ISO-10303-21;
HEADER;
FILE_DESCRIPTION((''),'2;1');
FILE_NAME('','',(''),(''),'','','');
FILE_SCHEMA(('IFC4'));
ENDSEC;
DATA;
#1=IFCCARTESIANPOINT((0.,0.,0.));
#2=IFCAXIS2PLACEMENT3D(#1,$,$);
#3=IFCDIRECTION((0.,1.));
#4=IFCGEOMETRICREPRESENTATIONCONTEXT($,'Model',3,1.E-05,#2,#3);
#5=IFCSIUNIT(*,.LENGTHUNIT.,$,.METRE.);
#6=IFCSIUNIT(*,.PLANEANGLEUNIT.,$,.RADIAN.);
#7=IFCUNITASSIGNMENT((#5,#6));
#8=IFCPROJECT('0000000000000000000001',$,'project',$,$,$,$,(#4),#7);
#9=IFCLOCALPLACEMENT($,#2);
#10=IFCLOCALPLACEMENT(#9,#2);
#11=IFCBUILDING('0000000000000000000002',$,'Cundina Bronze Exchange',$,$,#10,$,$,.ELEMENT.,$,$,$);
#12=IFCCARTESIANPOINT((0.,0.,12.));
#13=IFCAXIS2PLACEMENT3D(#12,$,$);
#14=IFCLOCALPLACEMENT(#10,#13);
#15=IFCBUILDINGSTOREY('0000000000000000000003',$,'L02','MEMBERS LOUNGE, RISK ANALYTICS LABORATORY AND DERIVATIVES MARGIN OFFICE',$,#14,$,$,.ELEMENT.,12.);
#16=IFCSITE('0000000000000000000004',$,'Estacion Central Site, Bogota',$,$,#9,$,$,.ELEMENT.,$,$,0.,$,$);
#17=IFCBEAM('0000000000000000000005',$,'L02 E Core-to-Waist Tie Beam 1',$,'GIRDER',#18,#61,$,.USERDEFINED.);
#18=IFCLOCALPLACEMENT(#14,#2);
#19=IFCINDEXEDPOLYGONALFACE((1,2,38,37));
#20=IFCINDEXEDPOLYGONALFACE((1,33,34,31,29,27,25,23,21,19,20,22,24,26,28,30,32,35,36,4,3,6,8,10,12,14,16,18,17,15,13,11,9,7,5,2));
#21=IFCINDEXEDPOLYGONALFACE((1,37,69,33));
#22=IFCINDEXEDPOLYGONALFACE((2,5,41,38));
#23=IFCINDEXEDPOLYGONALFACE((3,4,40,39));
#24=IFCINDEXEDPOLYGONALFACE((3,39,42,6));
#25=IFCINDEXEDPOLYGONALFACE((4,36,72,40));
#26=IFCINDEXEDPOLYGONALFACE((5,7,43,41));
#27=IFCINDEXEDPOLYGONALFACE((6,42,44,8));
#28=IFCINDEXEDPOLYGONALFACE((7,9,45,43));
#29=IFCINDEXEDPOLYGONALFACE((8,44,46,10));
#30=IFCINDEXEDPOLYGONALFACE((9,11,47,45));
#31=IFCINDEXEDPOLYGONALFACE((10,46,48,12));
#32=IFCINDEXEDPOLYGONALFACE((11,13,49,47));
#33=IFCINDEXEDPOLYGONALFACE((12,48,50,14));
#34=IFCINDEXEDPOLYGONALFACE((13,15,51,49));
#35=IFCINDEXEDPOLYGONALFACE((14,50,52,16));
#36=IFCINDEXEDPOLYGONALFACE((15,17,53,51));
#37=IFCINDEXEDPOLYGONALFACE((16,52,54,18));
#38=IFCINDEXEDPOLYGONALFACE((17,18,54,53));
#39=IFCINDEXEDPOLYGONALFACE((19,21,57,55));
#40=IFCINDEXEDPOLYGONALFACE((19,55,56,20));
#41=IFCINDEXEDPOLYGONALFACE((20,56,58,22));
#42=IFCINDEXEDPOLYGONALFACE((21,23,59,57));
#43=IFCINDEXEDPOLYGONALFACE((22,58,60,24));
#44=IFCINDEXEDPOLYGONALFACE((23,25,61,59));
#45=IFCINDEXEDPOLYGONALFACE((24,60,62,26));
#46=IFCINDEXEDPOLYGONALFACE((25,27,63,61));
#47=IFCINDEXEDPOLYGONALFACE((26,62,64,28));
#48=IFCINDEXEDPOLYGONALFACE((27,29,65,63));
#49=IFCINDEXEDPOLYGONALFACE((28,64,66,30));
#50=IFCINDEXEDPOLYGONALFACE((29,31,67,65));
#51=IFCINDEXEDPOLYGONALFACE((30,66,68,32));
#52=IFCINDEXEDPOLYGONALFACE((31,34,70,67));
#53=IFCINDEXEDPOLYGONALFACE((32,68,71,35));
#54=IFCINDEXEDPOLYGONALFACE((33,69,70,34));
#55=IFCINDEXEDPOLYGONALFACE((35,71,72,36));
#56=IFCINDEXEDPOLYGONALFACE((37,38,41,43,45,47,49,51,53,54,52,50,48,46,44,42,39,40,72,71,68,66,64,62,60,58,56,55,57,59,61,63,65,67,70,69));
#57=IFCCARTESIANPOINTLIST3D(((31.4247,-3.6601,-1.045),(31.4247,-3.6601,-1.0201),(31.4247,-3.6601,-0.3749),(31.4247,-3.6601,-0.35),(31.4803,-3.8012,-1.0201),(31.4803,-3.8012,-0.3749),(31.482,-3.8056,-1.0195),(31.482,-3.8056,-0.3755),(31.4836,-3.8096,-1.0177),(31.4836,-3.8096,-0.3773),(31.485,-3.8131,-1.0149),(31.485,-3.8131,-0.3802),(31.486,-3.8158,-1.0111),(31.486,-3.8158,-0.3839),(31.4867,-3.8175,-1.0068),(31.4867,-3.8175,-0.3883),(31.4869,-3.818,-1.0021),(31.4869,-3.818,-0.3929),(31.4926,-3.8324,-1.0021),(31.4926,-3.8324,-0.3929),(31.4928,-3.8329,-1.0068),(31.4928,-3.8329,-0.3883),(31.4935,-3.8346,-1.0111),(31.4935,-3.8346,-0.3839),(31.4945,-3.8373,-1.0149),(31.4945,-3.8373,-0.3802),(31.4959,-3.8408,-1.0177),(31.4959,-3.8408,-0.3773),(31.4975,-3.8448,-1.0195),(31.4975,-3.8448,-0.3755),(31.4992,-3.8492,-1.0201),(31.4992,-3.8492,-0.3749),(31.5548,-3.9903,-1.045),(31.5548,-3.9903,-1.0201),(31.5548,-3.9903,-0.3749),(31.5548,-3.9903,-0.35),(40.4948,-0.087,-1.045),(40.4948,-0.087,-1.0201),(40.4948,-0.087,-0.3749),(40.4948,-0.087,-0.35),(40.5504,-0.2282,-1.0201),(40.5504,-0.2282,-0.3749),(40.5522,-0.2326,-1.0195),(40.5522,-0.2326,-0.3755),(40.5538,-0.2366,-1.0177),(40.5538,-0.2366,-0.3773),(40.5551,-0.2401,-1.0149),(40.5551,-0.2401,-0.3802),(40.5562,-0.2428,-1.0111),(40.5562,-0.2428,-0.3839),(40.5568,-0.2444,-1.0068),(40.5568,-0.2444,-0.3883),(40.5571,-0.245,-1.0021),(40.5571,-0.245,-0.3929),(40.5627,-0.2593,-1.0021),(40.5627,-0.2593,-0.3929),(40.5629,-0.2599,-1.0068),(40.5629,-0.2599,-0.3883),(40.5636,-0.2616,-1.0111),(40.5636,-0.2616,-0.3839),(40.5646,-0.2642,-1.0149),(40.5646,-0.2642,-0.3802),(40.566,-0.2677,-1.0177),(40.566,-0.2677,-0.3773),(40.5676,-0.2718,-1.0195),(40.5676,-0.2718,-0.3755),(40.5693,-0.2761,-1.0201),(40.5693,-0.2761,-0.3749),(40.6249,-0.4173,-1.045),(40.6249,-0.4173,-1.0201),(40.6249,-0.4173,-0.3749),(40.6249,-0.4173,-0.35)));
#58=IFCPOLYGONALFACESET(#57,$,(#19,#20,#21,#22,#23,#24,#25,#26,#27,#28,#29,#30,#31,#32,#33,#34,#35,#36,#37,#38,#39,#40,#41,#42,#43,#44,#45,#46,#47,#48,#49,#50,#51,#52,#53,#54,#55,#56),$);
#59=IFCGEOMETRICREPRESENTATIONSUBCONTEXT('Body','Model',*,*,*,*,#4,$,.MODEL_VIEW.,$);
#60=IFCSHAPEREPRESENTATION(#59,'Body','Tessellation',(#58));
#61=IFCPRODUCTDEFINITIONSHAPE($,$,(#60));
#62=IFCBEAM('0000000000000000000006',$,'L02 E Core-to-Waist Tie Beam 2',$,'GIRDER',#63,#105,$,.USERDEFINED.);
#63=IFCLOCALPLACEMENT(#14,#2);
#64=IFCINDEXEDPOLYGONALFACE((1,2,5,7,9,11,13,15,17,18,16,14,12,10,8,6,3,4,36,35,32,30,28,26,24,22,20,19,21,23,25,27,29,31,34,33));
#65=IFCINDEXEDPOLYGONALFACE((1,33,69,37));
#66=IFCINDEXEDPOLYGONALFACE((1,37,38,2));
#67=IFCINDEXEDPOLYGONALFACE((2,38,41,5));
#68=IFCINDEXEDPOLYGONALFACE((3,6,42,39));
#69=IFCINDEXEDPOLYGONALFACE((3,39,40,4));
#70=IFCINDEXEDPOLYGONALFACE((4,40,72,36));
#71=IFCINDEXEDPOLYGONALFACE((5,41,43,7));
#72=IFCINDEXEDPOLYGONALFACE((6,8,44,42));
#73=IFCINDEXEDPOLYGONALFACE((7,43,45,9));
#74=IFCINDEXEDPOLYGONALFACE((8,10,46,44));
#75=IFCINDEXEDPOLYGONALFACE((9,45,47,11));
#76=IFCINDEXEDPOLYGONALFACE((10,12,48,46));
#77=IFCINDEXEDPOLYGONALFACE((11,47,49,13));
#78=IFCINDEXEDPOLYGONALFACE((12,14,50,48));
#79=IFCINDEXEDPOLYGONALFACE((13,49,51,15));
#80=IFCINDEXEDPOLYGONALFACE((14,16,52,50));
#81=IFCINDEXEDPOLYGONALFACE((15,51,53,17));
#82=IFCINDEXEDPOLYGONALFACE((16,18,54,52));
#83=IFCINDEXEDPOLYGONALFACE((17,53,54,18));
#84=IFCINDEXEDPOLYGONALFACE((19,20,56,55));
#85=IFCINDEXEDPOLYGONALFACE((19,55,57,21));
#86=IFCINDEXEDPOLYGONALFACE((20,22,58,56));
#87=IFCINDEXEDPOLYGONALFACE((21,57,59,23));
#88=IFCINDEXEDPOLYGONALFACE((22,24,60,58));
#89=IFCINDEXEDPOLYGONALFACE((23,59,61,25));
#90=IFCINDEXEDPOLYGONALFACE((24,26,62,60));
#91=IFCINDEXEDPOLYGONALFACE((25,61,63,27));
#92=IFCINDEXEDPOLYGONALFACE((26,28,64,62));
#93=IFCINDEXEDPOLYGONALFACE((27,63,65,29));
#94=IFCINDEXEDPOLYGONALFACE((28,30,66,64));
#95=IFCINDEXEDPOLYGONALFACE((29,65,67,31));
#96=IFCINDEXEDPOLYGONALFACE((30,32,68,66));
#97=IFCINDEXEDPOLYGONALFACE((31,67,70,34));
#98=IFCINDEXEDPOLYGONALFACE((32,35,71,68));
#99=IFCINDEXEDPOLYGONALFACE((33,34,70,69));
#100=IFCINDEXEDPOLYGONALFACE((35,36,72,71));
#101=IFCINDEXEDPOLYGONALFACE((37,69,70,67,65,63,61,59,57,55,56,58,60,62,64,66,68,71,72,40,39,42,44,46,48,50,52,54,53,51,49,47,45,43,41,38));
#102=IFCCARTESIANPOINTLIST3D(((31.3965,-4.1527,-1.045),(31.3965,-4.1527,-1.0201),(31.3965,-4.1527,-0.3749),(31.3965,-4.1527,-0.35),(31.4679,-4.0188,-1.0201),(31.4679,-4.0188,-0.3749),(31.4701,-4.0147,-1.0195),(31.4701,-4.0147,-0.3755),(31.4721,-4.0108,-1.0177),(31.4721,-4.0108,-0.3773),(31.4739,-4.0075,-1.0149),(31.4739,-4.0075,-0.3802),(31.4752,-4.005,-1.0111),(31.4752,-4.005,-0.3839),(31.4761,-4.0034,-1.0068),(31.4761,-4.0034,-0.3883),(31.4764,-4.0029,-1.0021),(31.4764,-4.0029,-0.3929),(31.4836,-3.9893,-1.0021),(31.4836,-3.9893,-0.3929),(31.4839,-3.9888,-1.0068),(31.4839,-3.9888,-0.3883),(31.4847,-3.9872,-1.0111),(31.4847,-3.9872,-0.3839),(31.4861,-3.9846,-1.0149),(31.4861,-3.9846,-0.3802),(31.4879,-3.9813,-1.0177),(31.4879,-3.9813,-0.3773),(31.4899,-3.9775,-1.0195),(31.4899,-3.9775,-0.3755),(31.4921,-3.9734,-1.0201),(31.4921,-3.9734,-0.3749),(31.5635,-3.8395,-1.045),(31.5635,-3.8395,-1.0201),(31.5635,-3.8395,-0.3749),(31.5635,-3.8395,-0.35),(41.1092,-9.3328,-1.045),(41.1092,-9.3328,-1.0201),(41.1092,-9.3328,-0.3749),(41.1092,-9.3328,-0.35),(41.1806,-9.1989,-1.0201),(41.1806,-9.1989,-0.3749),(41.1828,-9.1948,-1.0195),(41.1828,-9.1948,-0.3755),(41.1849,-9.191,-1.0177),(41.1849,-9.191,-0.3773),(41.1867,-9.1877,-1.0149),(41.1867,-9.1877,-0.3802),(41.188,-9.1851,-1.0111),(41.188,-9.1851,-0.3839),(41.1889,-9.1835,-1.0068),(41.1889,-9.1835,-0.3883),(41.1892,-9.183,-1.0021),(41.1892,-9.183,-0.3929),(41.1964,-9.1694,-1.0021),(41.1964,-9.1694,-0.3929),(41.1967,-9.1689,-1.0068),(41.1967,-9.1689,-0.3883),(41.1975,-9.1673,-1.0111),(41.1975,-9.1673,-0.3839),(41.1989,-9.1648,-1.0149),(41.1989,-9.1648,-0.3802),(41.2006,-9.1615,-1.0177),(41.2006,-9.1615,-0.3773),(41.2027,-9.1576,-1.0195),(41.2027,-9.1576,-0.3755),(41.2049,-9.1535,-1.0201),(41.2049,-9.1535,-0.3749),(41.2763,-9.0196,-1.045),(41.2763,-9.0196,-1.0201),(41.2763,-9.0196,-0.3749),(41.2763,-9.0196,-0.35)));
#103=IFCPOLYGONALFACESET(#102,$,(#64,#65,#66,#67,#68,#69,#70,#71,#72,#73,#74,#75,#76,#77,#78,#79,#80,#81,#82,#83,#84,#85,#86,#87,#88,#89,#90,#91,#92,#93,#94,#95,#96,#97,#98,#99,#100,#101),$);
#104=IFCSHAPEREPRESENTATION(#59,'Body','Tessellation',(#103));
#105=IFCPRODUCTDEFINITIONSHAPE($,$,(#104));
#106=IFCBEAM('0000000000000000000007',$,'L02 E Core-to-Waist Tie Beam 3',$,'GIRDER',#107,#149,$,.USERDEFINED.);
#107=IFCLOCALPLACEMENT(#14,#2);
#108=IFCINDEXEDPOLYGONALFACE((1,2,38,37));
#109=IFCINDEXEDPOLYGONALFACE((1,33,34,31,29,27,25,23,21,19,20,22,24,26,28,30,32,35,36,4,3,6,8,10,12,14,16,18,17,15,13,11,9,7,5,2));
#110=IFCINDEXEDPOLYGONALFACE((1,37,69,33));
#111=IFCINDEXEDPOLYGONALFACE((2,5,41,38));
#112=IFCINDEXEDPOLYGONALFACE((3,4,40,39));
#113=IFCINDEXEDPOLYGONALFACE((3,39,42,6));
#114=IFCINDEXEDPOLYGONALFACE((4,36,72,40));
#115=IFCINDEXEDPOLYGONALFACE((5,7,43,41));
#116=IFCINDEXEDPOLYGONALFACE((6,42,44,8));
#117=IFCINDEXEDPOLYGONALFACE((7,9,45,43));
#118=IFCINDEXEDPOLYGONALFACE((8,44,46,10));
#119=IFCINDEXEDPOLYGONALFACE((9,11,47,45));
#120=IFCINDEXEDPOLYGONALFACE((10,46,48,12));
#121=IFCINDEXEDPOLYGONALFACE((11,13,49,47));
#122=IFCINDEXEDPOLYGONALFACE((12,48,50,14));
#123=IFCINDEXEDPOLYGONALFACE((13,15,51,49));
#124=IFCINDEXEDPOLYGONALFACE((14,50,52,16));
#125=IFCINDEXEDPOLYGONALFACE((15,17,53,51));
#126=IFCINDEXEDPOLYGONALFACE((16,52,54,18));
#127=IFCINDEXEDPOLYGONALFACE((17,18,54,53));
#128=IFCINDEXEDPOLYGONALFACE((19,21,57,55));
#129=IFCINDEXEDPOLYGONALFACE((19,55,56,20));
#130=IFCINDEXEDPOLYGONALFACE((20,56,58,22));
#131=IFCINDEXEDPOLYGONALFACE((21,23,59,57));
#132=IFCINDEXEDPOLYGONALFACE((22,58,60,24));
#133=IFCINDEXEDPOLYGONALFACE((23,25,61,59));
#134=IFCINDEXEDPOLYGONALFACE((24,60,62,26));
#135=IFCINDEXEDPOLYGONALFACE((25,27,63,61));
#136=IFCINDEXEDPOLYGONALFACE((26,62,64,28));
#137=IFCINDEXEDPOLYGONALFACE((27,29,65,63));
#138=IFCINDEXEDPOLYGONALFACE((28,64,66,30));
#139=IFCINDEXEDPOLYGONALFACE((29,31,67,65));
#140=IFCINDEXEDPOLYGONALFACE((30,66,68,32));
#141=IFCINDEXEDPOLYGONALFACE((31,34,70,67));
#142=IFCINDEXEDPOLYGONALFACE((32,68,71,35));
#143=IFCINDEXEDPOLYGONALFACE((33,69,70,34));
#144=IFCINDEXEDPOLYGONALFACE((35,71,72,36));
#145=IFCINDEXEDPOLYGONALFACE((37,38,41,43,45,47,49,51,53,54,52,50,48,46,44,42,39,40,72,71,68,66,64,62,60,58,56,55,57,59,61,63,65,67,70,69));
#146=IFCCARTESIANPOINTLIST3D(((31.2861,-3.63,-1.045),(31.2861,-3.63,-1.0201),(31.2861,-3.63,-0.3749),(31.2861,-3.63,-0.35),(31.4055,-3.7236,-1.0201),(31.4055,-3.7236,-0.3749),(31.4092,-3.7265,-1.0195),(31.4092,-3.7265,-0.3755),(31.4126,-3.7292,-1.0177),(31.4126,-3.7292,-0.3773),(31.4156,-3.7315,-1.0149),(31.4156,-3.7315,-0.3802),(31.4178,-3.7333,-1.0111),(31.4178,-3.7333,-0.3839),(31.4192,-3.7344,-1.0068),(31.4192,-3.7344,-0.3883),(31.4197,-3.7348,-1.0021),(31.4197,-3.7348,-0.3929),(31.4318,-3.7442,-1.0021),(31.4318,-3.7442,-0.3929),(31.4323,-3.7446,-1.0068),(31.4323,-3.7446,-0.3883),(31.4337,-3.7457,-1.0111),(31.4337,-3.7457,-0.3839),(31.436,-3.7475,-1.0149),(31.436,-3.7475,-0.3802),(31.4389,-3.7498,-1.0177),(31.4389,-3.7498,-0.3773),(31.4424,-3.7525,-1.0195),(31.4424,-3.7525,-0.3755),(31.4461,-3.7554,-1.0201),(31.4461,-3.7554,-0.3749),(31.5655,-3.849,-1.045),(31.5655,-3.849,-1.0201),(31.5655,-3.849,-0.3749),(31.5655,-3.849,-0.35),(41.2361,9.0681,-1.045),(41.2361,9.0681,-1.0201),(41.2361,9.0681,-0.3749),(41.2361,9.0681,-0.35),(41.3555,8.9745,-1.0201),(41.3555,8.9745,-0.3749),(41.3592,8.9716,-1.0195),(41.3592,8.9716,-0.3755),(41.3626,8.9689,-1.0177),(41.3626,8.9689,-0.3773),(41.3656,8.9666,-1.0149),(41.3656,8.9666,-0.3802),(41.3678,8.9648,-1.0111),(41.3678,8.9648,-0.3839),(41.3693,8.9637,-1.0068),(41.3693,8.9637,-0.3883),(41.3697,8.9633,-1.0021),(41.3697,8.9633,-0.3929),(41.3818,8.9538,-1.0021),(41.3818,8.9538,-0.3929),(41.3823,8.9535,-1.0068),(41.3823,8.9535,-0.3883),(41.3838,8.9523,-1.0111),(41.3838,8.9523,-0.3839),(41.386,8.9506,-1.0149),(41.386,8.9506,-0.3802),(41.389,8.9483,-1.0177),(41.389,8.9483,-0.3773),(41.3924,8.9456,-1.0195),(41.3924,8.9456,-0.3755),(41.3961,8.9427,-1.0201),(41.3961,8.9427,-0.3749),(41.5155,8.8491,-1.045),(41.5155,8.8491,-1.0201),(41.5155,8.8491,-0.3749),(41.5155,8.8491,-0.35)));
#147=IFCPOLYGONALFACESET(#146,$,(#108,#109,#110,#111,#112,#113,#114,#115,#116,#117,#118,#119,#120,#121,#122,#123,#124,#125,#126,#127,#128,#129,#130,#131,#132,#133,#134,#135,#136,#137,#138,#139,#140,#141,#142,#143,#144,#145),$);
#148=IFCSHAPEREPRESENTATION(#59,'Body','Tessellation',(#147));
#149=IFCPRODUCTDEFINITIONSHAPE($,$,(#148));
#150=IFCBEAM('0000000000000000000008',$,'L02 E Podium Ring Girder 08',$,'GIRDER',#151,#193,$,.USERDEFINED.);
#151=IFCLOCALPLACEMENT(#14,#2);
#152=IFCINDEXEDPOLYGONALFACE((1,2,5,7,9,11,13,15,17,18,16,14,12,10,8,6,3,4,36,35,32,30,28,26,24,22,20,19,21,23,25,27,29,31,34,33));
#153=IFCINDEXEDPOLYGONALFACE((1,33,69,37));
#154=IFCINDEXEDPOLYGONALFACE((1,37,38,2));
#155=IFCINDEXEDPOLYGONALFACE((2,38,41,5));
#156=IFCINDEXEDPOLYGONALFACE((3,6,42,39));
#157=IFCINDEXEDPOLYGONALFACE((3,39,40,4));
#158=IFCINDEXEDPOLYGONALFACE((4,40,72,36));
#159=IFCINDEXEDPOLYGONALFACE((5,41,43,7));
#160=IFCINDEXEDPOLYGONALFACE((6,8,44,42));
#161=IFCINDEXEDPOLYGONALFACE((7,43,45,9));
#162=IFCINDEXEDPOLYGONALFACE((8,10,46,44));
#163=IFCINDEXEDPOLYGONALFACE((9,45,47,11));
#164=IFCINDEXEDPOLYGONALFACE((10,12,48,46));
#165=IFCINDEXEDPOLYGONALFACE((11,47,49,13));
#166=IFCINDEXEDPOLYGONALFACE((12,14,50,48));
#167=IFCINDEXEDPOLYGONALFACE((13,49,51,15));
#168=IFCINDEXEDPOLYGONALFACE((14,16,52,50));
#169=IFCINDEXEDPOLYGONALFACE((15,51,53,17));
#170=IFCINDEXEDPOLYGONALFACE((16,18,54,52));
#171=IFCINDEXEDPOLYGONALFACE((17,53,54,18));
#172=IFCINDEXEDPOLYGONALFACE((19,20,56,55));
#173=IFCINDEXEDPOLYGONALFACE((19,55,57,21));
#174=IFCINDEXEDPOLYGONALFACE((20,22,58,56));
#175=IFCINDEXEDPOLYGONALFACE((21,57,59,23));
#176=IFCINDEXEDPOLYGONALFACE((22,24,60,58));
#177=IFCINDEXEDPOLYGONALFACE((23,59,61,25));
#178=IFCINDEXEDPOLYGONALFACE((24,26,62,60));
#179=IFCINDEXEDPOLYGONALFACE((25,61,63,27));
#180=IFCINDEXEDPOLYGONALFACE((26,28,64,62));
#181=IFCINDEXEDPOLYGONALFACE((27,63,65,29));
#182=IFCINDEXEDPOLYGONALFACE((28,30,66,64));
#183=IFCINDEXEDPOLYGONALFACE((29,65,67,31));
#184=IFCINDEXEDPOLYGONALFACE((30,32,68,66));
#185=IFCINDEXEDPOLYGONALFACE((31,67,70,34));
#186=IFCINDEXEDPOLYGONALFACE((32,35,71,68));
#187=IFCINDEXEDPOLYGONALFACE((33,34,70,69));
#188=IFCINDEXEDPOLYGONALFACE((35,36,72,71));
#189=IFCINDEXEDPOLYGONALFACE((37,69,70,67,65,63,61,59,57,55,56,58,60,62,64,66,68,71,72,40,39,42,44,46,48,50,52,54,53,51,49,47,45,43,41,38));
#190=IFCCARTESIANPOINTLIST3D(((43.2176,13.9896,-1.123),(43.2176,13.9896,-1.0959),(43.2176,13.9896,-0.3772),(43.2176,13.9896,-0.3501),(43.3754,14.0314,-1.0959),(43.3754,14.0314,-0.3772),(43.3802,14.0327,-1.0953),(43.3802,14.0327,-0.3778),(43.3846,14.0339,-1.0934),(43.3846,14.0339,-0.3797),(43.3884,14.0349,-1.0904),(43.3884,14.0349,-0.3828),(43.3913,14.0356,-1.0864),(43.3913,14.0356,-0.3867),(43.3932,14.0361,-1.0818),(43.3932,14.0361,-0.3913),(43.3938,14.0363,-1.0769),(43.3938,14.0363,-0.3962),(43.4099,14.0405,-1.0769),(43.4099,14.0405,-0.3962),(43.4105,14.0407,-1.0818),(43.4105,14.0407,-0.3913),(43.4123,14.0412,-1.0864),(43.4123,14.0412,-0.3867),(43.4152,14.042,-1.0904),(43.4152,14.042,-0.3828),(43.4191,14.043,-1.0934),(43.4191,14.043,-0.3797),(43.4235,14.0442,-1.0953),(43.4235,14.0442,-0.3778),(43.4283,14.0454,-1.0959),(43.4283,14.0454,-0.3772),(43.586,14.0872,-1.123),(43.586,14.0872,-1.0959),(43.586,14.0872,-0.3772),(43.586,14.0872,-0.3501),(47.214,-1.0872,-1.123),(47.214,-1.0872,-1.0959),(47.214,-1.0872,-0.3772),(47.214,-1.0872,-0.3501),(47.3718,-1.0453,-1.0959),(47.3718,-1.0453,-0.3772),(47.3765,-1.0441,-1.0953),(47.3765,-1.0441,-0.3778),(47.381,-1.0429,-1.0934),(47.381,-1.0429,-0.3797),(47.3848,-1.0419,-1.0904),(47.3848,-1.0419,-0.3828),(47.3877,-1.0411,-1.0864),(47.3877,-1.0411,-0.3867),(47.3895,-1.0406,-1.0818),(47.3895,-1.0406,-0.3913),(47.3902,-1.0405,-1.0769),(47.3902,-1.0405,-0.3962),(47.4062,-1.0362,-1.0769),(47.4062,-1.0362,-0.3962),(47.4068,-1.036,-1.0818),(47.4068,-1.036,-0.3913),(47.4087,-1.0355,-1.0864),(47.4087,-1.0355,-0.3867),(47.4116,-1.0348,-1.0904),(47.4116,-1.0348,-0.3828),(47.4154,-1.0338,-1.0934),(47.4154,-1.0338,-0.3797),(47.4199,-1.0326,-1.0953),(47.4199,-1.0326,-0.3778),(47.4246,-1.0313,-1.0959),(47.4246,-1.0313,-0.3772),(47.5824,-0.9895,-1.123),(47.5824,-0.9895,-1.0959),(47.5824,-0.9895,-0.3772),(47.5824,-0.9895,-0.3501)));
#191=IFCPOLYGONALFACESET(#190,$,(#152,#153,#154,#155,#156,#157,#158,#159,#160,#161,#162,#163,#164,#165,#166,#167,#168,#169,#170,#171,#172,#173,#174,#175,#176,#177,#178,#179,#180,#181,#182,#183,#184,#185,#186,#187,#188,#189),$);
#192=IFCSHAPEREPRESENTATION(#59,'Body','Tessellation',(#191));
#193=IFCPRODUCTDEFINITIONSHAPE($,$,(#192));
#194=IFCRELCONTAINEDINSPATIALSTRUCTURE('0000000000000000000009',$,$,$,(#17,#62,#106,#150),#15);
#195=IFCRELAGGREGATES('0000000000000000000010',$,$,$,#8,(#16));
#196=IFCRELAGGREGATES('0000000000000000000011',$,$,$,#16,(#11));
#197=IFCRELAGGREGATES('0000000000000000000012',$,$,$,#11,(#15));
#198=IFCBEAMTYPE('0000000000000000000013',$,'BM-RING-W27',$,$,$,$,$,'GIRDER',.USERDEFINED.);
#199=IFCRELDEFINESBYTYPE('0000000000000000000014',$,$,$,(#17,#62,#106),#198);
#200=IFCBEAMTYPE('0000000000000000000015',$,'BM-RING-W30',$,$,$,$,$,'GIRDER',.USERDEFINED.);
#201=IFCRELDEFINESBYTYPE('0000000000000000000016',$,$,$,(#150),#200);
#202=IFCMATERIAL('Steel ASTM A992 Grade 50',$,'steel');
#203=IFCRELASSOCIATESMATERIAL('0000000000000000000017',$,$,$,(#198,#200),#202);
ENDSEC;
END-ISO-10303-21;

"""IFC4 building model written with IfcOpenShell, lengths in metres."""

from ifc_helpers import new_model, si_unit, direction, frame, origin, origin_2d, place, context, subcontext, project, spatial, i_section, extrude, material, material_profile, profile_set, type_object, element, save


model = new_model("IFC4")

# Units and contexts
model_context = context("Model", 3, precision=1e-05, world=origin(), true_north=direction((0.0, 1.0)))
body_context = subcontext(model_context, "Body", "Model", "MODEL_VIEW")
ifc_project = project(units=[si_unit("LENGTHUNIT", "METRE"), si_unit("PLANEANGLEUNIT", "RADIAN")], contexts=[model_context])

# Site, building, storey
site_placement = place(None, origin())
site = spatial("IfcSite", under=ifc_project, at=site_placement, Name="Estacion Central Site, Bogota", CompositionType="ELEMENT", RefElevation=0.0)
building_placement = place(site_placement, origin())
building = spatial("IfcBuilding", under=site, at=building_placement, Name="Cundina Bronze Exchange", CompositionType="ELEMENT")
storey_placement = place(building_placement, frame((0.0, 0.0, 12.0)))
storey = spatial("IfcBuildingStorey", under=building, at=storey_placement, Name="L02", Description="MEMBERS LOUNGE, RISK ANALYTICS LABORATORY AND DERIVATIVES MARGIN OFFICE", CompositionType="ELEMENT", Elevation=12.0)

# Shared definitions
ifc_material_1 = material(Name="Steel ASTM A992 Grade 50", Category="steel")

# Beams
ifc_material_profile_1 = material_profile(ifc_material_1, i_section(OverallWidth=0.355, OverallDepth=0.6951, WebThickness=0.0154, FlangeThickness=0.0249, FilletRadius=0.0181, at=origin_2d()), Name="W27X146", Category="steel")
ifc_profile_set_1 = profile_set([ifc_material_profile_1], Name="Steel ASTM A992 Grade 50")
beam_type_1 = type_object("IfcBeamType", Name="BM-RING-W27", ElementType="GIRDER", PredefinedType="USERDEFINED", material=ifc_profile_set_1)
beam_1_placement = place(storey_placement, frame((31.4897, -3.8252, -0.6975), z_axis=(0.93041, 0.366519, 0.0), x_axis=(-0.366519, 0.93041, 0.0)))
element("IfcBeam", 1, at=beam_1_placement, inside=storey, type_object=beam_type_1, Name="L02 E Core-to-Waist Tie Beam 1", ObjectType="GIRDER", PredefinedType="USERDEFINED", context=body_context, shape_type="SweptSolid", body=[
    extrude(i_section(OverallWidth=0.355, OverallDepth=0.6951, WebThickness=0.0154, FlangeThickness=0.0249, FilletRadius=0.0181, at=origin_2d()), origin(), (0.0, 0.0, 1.0), 9.7485),
])
beam_2_placement = place(storey_placement, frame((31.48, -3.9961, -0.6975), z_axis=(0.882354, -0.470586, 0.0), x_axis=(0.470586, 0.882354, 0.0)))
element("IfcBeam", 2, at=beam_2_placement, inside=storey, type_object=beam_type_1, Name="L02 E Core-to-Waist Tie Beam 2", ObjectType="GIRDER", PredefinedType="USERDEFINED", context=body_context, shape_type="SweptSolid", body=[
    extrude(i_section(OverallWidth=0.355, OverallDepth=0.6951, WebThickness=0.0154, FlangeThickness=0.0249, FilletRadius=0.0181, at=origin_2d()), origin(), (0.0, 0.0, 1.0), 11.0078),
])
beam_3_placement = place(storey_placement, frame((31.4258, -3.7395, -0.6975), z_axis=(0.616784, 0.787132, 0.0), x_axis=(-0.787132, 0.616784, 0.0)))
element("IfcBeam", 3, at=beam_3_placement, inside=storey, type_object=beam_type_1, Name="L02 E Core-to-Waist Tie Beam 3", ObjectType="GIRDER", PredefinedType="USERDEFINED", context=body_context, shape_type="SweptSolid", body=[
    extrude(i_section(OverallWidth=0.355, OverallDepth=0.6951, WebThickness=0.0154, FlangeThickness=0.0249, FilletRadius=0.0181, at=origin_2d()), origin(), (0.0, 0.0, 1.0), 16.1321),
])
ifc_material_profile_2 = material_profile(ifc_material_1, i_section(OverallWidth=0.3811, OverallDepth=0.7729, WebThickness=0.0166, FlangeThickness=0.0271, FilletRadius=0.019, at=origin_2d()), Name="W30X173", Category="steel")
ifc_profile_set_2 = profile_set([ifc_material_profile_2], Name="Steel ASTM A992 Grade 50")
beam_type_2 = type_object("IfcBeamType", Name="BM-RING-W30", ElementType="GIRDER", PredefinedType="USERDEFINED", material=ifc_profile_set_2)
beam_4_placement = place(storey_placement, frame((47.3982, -1.0383, -0.7366), z_axis=(-0.25622, 0.966619, 0.0), x_axis=(-0.966619, -0.25622, 0.0)))
element("IfcBeam", 4, at=beam_4_placement, inside=storey, type_object=beam_type_2, Name="L02 E Podium Ring Girder 08", ObjectType="GIRDER", PredefinedType="USERDEFINED", context=body_context, shape_type="SweptSolid", body=[
    extrude(i_section(OverallWidth=0.3811, OverallDepth=0.7729, WebThickness=0.0166, FlangeThickness=0.0271, FilletRadius=0.019, at=origin_2d()), origin(), (0.0, 0.0, 1.0), 15.5974),
])

save(model, "model.ifc")
